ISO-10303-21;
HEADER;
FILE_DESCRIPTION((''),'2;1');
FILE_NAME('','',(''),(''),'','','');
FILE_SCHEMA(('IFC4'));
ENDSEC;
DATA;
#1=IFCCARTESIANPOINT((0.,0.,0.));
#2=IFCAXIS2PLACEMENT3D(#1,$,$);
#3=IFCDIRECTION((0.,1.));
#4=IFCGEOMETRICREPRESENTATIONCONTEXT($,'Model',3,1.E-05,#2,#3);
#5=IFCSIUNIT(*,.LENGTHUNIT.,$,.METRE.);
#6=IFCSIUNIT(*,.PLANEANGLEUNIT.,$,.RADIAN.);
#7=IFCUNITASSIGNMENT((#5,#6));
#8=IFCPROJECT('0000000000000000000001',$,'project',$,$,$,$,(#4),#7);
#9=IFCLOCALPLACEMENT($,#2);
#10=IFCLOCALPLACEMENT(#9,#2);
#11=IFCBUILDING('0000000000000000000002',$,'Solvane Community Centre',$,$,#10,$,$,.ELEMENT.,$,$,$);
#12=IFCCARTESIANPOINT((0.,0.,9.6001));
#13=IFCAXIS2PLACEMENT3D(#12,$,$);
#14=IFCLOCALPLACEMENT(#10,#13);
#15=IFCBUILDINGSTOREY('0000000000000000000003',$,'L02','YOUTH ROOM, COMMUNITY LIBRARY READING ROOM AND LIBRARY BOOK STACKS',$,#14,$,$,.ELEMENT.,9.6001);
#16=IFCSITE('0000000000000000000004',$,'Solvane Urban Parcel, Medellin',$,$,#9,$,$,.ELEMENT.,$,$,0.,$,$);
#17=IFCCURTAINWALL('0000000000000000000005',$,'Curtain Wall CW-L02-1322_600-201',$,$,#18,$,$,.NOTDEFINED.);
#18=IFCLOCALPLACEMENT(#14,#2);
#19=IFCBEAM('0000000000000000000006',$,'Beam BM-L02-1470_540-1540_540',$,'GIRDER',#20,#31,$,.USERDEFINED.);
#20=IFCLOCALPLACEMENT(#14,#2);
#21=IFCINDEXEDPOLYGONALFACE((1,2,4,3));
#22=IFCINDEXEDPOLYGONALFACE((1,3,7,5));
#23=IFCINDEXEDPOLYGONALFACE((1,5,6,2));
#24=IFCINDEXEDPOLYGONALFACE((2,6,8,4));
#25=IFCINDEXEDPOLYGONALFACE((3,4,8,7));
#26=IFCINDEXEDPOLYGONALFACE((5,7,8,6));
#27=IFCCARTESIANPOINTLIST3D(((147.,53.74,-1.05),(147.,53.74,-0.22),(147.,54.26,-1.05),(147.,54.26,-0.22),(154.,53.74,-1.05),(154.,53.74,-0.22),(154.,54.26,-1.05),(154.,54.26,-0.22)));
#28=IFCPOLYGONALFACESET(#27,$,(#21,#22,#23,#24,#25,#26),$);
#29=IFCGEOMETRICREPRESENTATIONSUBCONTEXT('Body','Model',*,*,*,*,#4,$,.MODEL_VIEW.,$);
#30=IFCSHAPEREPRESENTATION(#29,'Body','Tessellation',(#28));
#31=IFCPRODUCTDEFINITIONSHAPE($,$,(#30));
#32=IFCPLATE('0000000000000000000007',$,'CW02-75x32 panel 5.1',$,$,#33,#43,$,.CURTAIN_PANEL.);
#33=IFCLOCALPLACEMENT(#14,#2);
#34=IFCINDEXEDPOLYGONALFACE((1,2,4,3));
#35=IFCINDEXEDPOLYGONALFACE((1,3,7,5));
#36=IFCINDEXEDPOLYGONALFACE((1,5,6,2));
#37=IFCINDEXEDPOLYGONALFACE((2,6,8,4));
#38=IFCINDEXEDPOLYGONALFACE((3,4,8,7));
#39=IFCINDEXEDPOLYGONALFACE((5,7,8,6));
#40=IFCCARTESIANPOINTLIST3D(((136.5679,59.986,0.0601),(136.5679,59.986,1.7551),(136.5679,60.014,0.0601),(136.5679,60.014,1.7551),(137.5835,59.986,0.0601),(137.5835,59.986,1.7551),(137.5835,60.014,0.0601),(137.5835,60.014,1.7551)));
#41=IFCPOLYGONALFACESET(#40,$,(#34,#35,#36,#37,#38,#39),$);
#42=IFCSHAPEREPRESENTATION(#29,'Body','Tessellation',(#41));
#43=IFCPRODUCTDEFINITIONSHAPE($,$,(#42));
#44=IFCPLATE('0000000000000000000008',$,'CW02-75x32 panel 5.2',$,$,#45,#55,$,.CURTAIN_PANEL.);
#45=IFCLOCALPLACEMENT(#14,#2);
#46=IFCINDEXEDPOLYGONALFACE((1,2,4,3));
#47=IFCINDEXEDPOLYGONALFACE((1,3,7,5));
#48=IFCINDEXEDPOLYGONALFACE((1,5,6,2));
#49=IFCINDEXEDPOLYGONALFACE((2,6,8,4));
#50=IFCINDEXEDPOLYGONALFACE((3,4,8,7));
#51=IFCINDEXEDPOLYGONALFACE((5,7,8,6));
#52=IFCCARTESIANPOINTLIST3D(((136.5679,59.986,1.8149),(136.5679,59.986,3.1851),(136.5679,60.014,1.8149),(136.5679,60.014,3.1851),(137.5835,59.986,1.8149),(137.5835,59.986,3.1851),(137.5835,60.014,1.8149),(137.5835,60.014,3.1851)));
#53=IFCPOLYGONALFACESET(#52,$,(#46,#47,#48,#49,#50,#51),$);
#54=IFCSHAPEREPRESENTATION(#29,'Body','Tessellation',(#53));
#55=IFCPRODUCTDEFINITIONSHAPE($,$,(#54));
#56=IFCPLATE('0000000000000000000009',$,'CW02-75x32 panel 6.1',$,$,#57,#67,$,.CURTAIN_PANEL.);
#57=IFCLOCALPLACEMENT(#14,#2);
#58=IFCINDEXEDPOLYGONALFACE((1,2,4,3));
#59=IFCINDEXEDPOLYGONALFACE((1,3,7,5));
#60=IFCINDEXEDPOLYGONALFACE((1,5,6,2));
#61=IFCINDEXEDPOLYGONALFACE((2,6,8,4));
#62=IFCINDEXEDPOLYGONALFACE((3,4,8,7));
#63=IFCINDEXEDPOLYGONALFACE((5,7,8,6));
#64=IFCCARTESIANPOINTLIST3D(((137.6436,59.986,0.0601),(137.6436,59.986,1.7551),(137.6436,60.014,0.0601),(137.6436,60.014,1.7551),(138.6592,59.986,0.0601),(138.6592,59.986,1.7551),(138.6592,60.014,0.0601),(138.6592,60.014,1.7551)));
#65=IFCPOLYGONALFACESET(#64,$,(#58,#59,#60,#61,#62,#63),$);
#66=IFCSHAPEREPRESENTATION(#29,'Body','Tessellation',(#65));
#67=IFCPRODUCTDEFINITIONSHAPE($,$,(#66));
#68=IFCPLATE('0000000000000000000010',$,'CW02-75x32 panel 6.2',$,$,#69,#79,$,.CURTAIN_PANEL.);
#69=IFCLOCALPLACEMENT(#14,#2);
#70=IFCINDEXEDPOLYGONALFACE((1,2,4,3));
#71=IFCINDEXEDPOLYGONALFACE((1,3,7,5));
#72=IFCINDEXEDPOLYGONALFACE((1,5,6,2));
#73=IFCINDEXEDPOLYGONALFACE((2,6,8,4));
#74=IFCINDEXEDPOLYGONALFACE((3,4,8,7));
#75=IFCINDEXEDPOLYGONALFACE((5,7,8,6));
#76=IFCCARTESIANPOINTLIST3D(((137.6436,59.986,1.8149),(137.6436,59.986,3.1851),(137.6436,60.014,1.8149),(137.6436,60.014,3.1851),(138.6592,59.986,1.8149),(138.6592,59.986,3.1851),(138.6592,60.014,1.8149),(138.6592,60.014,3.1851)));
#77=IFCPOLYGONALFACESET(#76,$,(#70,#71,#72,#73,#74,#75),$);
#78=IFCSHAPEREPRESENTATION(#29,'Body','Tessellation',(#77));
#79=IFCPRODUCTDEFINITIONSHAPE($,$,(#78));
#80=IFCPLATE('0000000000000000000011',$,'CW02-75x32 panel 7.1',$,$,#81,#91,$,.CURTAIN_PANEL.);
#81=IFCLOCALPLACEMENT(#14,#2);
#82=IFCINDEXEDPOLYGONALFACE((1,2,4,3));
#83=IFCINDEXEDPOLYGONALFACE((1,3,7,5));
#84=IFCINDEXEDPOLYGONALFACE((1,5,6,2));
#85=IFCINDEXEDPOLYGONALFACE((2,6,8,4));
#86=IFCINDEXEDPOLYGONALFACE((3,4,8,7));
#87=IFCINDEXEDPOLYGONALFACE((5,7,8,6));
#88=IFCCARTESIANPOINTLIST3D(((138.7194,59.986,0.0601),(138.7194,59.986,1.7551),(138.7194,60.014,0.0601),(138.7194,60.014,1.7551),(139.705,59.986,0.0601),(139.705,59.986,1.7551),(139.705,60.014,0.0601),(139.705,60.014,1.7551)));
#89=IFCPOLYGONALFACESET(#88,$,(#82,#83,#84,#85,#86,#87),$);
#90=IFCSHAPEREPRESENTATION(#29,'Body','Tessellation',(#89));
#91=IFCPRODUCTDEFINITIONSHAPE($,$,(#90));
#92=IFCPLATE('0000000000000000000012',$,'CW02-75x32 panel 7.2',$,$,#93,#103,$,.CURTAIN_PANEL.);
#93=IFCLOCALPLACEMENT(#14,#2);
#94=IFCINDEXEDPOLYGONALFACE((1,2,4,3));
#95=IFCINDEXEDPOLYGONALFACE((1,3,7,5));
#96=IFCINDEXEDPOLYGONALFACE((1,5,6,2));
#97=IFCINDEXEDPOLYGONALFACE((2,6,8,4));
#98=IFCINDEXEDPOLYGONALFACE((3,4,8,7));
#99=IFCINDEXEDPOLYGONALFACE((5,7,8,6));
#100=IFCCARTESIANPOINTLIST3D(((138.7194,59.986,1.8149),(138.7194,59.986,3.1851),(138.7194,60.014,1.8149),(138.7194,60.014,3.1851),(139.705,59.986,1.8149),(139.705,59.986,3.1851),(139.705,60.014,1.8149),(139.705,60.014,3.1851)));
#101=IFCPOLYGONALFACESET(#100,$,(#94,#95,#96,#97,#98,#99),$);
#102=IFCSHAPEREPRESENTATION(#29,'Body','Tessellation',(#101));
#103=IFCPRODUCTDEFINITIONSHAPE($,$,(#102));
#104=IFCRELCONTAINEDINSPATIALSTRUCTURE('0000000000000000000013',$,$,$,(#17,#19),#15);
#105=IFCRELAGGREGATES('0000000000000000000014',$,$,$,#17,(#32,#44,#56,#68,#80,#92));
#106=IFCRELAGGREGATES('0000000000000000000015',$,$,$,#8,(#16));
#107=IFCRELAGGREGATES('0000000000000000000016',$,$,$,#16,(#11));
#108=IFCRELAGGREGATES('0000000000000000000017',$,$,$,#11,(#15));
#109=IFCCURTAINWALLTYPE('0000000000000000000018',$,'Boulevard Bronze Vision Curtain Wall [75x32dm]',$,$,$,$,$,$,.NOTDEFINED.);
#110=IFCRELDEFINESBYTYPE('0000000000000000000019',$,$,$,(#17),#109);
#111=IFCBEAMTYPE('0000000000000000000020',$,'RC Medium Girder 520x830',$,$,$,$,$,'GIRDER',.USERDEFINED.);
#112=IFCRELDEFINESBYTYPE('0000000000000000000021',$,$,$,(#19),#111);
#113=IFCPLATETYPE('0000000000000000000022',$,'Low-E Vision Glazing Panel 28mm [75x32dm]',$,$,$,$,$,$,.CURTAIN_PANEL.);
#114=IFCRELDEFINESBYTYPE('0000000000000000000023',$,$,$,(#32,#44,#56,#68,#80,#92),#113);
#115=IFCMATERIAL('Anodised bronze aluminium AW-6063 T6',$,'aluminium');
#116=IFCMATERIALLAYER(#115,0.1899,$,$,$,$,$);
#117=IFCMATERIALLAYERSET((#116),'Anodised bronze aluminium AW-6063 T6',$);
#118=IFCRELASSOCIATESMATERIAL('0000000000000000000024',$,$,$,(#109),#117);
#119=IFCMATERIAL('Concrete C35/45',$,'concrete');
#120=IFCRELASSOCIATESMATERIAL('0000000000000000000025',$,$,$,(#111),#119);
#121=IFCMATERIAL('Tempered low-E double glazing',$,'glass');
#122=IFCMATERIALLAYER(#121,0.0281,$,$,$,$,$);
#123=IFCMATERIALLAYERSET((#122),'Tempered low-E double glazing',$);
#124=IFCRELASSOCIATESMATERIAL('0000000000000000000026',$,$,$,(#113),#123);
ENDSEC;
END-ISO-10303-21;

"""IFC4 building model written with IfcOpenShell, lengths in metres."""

from ifc_helpers import new_model, si_unit, direction, frame, origin, origin_2d, place, context, subcontext, project, spatial, rectangle, extrude, material, layer, layer_set, material_profile, profile_set, type_object, element, aggregate, save


model = new_model("IFC4")

# Units and contexts
model_context = context("Model", 3, precision=1e-05, world=origin(), true_north=direction((0.0, 1.0)))
body_context = subcontext(model_context, "Body", "Model", "MODEL_VIEW")
ifc_project = project(units=[si_unit("LENGTHUNIT", "METRE"), si_unit("PLANEANGLEUNIT", "RADIAN")], contexts=[model_context])

# Site, building, storey
site_placement = place(None, origin())
site = spatial("IfcSite", under=ifc_project, at=site_placement, Name="Solvane Urban Parcel, Medellin", CompositionType="ELEMENT", RefElevation=0.0)
building_placement = place(site_placement, origin())
building = spatial("IfcBuilding", under=site, at=building_placement, Name="Solvane Community Centre", CompositionType="ELEMENT")
storey_placement = place(building_placement, frame((0.0, 0.0, 9.6001)))
storey = spatial("IfcBuildingStorey", under=building, at=storey_placement, Name="L02", Description="YOUTH ROOM, COMMUNITY LIBRARY READING ROOM AND LIBRARY BOOK STACKS", CompositionType="ELEMENT", Elevation=9.6001)

# Curtain wall
ifc_material_1 = material(Name="Anodised bronze aluminium AW-6063 T6", Category="aluminium")
ifc_layer_1 = layer(ifc_material_1, 0.1899)
ifc_layer_set_1 = layer_set([ifc_layer_1], Name="Anodised bronze aluminium AW-6063 T6")
curtain_wall_type = type_object("IfcCurtainWallType", Name="Boulevard Bronze Vision Curtain Wall [75x32dm]", PredefinedType="NOTDEFINED", material=ifc_layer_set_1)
curtain_wall_placement = place(storey_placement, origin())
curtain_wall = element("IfcCurtainWall", 1, at=curtain_wall_placement, inside=storey, type_object=curtain_wall_type, Name="Curtain Wall CW-L02-1322_600-201", PredefinedType="NOTDEFINED")

# Beam
ifc_material_2 = material(Name="Concrete C35/45", Category="concrete")
ifc_material_profile_1 = material_profile(ifc_material_2, rectangle(XDim=0.52, YDim=0.8301, at=origin_2d()), Name="RC 520x830")
ifc_profile_set_1 = profile_set([ifc_material_profile_1], Name="Concrete C35/45")
beam_type_1 = type_object("IfcBeamType", Name="RC Medium Girder 520x830", ElementType="GIRDER", PredefinedType="USERDEFINED", material=ifc_profile_set_1)
beam_1_placement = place(storey_placement, frame((147.0, 54.0, -0.635), z_axis=(1.0, 0.0, 0.0), x_axis=(0.0, 1.0, 0.0)))
element("IfcBeam", 2, at=beam_1_placement, inside=storey, type_object=beam_type_1, Name="Beam BM-L02-1470_540-1540_540", ObjectType="GIRDER", PredefinedType="USERDEFINED", context=body_context, shape_type="SweptSolid", body=[
    extrude(rectangle(XDim=0.52, YDim=0.8301, at=origin_2d()), origin(), (0.0, 0.0, 1.0), 7.0),
])

# Plates
ifc_material_3 = material(Name="Tempered low-E double glazing", Category="glass")
ifc_layer_2 = layer(ifc_material_3, 0.0281)
ifc_layer_set_2 = layer_set([ifc_layer_2], Name="Tempered low-E double glazing")
plate_type = type_object("IfcPlateType", Name="Low-E Vision Glazing Panel 28mm [75x32dm]", PredefinedType="CURTAIN_PANEL", material=ifc_layer_set_2)
plate_1_placement = place(storey_placement, frame((137.0757, 60.0, 0.0601), z_axis=(0.0, 0.0, 1.0), x_axis=(1.0, 0.0, 0.0)))
plate_1 = element("IfcPlate", 3, at=plate_1_placement, type_object=plate_type, Name="CW02-75x32 panel 5.1", PredefinedType="CURTAIN_PANEL", context=body_context, shape_type="SweptSolid", body=[
    extrude(rectangle(XDim=1.0156, YDim=0.0281, at=origin_2d()), origin(), (0.0, 0.0, 1.0), 1.6951),
])
plate_2_placement = place(storey_placement, frame((137.0757, 60.0, 1.8149), z_axis=(0.0, 0.0, 1.0), x_axis=(1.0, 0.0, 0.0)))
plate_2 = element("IfcPlate", 4, at=plate_2_placement, type_object=plate_type, Name="CW02-75x32 panel 5.2", PredefinedType="CURTAIN_PANEL", context=body_context, shape_type="SweptSolid", body=[
    extrude(rectangle(XDim=1.0156, YDim=0.0281, at=origin_2d()), origin(), (0.0, 0.0, 1.0), 1.3701),
])
plate_3_placement = place(storey_placement, frame((138.1514, 60.0, 0.0601), z_axis=(0.0, 0.0, 1.0), x_axis=(1.0, 0.0, 0.0)))
plate_3 = element("IfcPlate", 5, at=plate_3_placement, type_object=plate_type, Name="CW02-75x32 panel 6.1", PredefinedType="CURTAIN_PANEL", context=body_context, shape_type="SweptSolid", body=[
    extrude(rectangle(XDim=1.0156, YDim=0.0281, at=origin_2d()), origin(), (0.0, 0.0, 1.0), 1.6951),
])
plate_4_placement = place(storey_placement, frame((138.1514, 60.0, 1.8149), z_axis=(0.0, 0.0, 1.0), x_axis=(1.0, 0.0, 0.0)))
plate_4 = element("IfcPlate", 6, at=plate_4_placement, type_object=plate_type, Name="CW02-75x32 panel 6.2", PredefinedType="CURTAIN_PANEL", context=body_context, shape_type="SweptSolid", body=[
    extrude(rectangle(XDim=1.0156, YDim=0.0281, at=origin_2d()), origin(), (0.0, 0.0, 1.0), 1.3701),
])
plate_5_placement = place(storey_placement, frame((139.2122, 60.0, 0.0601), z_axis=(0.0, 0.0, 1.0), x_axis=(1.0, 0.0, 0.0)))
plate_5 = element("IfcPlate", 7, at=plate_5_placement, type_object=plate_type, Name="CW02-75x32 panel 7.1", PredefinedType="CURTAIN_PANEL", context=body_context, shape_type="SweptSolid", body=[
    extrude(rectangle(XDim=0.9856, YDim=0.0281, at=origin_2d()), origin(), (0.0, 0.0, 1.0), 1.6951),
])
plate_6_placement = place(storey_placement, frame((139.2122, 60.0, 1.8149), z_axis=(0.0, 0.0, 1.0), x_axis=(1.0, 0.0, 0.0)))
plate_6 = element("IfcPlate", 8, at=plate_6_placement, type_object=plate_type, Name="CW02-75x32 panel 7.2", PredefinedType="CURTAIN_PANEL", context=body_context, shape_type="SweptSolid", body=[
    extrude(rectangle(XDim=0.9856, YDim=0.0281, at=origin_2d()), origin(), (0.0, 0.0, 1.0), 1.3701),
])
aggregate(curtain_wall, [plate_1, plate_2, plate_3, plate_4, plate_5, plate_6])

save(model, "model.ifc")
